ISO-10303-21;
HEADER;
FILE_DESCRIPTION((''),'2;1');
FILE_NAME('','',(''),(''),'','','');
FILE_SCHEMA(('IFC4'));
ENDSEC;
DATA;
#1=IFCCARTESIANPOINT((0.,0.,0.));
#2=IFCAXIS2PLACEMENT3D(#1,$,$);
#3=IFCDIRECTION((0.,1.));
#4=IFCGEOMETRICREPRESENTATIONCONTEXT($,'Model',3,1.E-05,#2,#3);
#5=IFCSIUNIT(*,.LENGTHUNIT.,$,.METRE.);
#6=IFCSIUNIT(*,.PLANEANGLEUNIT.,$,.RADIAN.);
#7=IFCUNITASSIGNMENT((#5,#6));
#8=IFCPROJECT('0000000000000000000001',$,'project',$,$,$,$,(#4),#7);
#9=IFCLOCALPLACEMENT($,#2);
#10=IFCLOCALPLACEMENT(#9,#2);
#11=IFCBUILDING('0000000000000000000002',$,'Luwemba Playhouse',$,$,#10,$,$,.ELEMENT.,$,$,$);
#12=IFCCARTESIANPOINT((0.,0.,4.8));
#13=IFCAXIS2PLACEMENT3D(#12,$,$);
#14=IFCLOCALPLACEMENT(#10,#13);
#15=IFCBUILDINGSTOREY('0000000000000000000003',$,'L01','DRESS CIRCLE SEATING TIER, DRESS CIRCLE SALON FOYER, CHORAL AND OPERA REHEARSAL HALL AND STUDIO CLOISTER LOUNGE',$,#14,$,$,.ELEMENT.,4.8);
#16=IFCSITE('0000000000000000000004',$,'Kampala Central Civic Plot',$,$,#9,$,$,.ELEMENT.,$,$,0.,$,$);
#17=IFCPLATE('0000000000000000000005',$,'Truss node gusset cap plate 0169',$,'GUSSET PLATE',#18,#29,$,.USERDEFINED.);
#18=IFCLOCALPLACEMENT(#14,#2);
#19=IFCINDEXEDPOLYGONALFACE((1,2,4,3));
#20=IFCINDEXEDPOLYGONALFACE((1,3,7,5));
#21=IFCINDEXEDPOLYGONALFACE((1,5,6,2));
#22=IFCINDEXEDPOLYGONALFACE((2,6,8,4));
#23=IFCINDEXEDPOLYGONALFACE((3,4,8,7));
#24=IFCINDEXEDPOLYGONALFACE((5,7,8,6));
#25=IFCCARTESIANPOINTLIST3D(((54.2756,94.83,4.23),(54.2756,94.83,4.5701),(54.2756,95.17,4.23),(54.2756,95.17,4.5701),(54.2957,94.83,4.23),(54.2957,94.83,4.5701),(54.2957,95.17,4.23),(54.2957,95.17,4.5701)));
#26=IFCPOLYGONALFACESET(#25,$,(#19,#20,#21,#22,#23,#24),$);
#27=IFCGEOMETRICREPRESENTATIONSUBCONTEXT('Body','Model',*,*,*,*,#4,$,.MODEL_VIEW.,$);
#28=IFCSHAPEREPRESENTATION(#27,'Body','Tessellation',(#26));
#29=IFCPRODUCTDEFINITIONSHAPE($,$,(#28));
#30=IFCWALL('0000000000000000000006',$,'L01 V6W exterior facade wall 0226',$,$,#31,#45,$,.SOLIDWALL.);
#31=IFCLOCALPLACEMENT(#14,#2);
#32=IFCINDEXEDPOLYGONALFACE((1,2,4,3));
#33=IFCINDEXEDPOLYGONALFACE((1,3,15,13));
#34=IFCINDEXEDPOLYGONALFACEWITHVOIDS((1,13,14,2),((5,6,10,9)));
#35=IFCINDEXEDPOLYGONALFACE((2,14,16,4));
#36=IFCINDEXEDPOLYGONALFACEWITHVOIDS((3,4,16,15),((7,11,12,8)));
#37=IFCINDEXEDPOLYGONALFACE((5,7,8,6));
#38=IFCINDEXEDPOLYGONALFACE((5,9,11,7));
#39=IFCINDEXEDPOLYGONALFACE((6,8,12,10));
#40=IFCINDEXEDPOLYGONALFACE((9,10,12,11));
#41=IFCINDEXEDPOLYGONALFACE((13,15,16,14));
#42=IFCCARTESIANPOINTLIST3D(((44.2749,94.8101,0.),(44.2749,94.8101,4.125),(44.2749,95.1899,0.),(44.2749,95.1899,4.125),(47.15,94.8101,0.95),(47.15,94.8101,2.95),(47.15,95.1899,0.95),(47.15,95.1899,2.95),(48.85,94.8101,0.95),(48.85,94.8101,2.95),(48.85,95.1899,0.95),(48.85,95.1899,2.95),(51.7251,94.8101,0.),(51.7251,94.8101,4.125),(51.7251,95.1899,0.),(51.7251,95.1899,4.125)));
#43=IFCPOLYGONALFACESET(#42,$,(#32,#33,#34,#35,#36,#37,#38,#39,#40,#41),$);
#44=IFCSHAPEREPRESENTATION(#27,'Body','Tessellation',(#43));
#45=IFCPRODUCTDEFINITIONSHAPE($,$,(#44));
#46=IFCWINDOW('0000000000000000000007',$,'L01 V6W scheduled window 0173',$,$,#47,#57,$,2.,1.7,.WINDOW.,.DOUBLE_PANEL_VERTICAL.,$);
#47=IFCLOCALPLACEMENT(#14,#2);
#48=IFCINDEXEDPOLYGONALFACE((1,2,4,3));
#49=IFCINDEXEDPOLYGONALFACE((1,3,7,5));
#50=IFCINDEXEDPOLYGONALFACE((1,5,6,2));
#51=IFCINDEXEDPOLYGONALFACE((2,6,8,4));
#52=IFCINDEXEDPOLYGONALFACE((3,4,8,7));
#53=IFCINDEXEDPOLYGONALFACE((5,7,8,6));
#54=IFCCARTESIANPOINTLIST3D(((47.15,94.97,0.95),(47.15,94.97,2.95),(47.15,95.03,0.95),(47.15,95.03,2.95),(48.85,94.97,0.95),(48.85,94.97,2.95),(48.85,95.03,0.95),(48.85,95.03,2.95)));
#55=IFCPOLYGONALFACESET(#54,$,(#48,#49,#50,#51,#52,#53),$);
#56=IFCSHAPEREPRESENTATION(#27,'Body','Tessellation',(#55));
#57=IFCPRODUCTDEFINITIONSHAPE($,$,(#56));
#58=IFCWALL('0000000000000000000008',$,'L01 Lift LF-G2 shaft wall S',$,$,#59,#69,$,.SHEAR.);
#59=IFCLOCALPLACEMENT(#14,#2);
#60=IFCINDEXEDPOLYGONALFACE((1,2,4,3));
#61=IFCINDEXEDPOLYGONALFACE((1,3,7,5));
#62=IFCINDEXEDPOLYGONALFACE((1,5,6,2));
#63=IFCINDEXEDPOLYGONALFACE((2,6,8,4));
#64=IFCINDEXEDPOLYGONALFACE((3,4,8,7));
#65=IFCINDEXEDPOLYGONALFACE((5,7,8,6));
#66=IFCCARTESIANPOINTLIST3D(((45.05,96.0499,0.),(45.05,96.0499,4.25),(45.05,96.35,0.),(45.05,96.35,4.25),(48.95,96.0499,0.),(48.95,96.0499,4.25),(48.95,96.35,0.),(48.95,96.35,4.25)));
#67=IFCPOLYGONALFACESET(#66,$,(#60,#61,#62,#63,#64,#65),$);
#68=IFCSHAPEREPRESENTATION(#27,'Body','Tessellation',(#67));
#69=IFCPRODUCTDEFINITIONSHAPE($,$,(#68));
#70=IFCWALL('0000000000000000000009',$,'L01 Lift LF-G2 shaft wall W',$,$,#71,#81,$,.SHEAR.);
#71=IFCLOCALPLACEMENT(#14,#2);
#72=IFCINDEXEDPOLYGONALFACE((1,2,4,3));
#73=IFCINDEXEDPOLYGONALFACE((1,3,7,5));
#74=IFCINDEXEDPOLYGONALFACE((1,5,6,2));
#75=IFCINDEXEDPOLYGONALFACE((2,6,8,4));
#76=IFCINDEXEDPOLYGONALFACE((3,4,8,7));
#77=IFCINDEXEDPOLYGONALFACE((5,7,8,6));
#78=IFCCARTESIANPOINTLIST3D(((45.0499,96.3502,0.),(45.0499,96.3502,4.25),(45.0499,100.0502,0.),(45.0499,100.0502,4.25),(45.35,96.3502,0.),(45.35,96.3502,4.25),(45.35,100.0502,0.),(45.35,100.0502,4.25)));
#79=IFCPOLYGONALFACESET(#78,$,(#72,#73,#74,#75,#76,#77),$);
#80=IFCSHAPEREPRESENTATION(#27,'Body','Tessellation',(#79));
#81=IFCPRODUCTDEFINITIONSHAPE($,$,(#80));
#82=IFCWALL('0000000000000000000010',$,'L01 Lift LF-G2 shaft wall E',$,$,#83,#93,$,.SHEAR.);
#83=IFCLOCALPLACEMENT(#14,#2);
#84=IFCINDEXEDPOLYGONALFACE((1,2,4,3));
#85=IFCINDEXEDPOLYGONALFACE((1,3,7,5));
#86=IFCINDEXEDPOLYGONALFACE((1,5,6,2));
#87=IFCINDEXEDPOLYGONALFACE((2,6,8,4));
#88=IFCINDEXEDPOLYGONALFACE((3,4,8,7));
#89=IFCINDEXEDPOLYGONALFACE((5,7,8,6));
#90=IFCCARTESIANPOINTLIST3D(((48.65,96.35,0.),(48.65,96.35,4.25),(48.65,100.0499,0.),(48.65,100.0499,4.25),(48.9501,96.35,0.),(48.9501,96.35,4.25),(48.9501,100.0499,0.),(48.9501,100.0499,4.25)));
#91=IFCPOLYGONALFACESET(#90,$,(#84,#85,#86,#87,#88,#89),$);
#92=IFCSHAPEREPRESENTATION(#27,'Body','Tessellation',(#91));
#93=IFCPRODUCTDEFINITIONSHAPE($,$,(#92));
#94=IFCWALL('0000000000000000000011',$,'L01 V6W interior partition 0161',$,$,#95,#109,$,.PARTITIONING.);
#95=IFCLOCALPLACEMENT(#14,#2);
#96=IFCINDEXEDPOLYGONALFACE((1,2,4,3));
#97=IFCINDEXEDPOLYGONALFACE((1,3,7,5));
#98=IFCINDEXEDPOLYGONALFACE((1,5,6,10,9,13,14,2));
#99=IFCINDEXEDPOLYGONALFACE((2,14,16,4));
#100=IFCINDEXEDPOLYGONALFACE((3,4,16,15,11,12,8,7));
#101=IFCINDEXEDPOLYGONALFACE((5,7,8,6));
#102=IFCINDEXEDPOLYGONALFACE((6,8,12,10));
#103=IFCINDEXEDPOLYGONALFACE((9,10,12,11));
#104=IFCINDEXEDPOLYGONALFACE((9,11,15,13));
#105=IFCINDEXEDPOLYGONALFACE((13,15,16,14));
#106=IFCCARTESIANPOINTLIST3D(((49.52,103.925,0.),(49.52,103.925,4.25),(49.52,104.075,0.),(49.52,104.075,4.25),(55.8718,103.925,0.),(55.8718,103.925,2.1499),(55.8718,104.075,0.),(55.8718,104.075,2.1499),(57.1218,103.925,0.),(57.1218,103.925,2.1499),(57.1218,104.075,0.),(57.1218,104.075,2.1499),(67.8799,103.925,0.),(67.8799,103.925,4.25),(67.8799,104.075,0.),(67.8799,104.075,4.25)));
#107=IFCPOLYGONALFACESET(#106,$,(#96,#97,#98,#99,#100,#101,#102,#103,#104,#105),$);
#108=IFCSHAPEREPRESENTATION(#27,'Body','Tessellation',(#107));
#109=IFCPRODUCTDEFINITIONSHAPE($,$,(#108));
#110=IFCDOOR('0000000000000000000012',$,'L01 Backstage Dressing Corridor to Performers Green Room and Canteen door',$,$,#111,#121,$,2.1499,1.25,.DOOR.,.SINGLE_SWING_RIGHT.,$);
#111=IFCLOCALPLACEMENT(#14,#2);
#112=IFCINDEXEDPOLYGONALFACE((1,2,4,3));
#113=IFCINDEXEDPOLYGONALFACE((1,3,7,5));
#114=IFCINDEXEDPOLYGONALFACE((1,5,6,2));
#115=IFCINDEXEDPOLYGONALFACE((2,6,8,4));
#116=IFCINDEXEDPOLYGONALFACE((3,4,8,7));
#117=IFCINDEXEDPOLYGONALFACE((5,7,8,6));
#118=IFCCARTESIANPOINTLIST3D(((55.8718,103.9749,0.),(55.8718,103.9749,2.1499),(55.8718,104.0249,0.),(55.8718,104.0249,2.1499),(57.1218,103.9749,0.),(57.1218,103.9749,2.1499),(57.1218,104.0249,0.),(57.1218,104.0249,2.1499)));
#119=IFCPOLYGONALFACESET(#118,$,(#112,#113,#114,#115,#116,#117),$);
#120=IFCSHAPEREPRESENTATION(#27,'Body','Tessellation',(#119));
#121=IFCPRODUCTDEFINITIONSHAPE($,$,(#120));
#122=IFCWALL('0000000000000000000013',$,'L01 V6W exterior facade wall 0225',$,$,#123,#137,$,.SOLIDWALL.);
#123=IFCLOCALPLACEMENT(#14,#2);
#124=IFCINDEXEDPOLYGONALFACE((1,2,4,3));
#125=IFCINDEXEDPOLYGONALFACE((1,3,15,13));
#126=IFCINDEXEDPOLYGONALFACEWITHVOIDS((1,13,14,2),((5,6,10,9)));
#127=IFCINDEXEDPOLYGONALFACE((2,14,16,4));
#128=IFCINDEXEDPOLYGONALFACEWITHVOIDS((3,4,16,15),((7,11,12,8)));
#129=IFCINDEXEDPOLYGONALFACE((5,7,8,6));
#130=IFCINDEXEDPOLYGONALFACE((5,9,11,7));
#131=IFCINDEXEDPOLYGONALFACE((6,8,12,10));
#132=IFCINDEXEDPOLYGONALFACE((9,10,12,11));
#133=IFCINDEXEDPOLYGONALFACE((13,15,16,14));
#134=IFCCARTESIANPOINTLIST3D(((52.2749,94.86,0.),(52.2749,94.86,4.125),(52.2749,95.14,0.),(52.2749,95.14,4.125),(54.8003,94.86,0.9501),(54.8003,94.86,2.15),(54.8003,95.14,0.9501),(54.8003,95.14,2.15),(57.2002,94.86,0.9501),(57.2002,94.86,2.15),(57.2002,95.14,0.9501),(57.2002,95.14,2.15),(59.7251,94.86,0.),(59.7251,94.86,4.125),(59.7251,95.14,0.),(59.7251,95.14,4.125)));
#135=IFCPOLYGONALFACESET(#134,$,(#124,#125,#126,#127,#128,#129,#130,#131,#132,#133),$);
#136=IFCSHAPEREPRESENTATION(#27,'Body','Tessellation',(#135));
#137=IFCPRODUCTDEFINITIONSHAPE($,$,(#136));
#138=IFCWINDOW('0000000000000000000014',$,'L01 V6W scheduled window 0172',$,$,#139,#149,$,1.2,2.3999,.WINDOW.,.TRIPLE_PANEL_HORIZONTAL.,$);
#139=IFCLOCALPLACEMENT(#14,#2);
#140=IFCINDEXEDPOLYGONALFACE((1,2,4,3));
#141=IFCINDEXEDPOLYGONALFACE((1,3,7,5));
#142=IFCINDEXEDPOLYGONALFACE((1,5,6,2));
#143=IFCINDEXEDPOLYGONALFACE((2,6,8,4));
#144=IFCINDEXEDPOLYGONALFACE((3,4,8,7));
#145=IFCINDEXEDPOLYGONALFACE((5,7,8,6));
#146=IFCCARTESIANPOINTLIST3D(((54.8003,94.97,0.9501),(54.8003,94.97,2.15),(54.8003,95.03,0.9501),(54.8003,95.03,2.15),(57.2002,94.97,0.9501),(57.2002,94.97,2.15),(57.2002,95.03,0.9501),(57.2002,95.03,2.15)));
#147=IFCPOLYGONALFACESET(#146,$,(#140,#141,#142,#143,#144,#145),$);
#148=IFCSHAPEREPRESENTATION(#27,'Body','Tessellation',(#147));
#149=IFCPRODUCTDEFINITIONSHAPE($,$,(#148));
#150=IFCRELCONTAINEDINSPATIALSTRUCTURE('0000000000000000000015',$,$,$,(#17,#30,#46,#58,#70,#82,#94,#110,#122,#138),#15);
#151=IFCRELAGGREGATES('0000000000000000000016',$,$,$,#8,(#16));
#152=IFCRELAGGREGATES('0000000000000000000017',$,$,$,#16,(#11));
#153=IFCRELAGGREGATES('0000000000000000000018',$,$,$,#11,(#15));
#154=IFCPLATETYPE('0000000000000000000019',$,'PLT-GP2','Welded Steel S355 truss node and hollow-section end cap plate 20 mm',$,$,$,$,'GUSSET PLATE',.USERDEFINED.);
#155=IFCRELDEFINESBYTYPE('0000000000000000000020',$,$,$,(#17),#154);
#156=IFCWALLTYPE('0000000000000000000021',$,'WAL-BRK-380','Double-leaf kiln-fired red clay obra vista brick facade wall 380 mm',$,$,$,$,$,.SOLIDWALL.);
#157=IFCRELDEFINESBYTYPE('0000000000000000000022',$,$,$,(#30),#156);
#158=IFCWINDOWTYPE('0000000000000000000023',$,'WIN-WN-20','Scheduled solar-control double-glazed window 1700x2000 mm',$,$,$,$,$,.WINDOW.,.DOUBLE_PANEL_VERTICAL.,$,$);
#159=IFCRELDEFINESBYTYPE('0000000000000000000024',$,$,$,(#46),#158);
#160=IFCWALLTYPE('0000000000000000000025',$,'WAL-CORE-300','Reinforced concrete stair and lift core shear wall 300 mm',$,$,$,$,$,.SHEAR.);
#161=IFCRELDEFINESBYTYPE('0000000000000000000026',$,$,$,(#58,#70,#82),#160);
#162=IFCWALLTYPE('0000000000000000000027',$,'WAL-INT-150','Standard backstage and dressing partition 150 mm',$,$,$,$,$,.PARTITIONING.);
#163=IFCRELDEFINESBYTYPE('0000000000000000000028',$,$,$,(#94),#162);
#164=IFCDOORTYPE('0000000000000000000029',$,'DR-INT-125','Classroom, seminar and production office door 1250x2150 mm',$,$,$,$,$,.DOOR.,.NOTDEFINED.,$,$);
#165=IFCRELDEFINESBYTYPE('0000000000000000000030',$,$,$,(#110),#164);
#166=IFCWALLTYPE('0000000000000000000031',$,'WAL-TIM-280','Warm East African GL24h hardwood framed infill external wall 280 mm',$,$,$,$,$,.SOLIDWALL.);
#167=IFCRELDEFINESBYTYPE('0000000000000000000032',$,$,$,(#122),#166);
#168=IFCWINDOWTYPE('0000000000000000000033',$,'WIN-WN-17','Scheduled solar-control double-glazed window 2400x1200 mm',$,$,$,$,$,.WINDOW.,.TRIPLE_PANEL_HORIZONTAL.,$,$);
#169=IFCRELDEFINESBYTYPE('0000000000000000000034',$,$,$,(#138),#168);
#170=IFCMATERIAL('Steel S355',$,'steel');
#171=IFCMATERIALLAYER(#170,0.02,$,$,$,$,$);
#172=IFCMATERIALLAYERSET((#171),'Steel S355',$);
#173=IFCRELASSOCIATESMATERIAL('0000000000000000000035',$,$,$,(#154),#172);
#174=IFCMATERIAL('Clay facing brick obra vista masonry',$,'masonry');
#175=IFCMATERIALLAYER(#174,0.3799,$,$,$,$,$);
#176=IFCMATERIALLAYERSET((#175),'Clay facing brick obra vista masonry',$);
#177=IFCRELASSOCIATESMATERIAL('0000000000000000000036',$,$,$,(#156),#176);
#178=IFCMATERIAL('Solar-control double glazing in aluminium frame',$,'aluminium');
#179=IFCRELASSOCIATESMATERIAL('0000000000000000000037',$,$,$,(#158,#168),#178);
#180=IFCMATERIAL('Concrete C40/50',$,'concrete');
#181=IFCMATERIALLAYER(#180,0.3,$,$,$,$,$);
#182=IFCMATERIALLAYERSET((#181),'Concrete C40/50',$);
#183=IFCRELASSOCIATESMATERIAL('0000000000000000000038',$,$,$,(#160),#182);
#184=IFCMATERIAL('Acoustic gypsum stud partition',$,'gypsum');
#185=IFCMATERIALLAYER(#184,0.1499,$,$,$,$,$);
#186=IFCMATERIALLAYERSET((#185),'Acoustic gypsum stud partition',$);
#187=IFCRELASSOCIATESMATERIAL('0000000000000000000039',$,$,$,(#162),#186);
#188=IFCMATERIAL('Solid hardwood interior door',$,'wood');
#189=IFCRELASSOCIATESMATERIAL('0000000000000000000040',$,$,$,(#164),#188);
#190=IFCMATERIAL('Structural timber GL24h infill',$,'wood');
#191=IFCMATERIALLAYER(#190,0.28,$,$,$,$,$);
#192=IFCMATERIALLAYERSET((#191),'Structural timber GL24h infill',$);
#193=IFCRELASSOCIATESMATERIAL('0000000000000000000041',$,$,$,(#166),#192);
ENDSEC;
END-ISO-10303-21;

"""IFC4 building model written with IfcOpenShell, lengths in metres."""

from ifc_helpers import new_model, si_unit, direction, frame, frame_2d, origin, origin_2d, place, context, subcontext, project, spatial, rectangle, extrude, material, layer, layer_set, type_object, element, fill, save


model = new_model("IFC4")

# Units and contexts
model_context = context("Model", 3, precision=1e-05, world=origin(), true_north=direction((0.0, 1.0)))
body_context = subcontext(model_context, "Body", "Model", "MODEL_VIEW")
ifc_project = project(units=[si_unit("LENGTHUNIT", "METRE"), si_unit("PLANEANGLEUNIT", "RADIAN")], contexts=[model_context])

# Site, building, storey
site_placement = place(None, origin())
site = spatial("IfcSite", under=ifc_project, at=site_placement, Name="Kampala Central Civic Plot", CompositionType="ELEMENT", RefElevation=0.0)
building_placement = place(site_placement, origin())
building = spatial("IfcBuilding", under=site, at=building_placement, Name="Luwemba Playhouse", CompositionType="ELEMENT")
storey_placement = place(building_placement, frame((0.0, 0.0, 4.8)))
storey = spatial("IfcBuildingStorey", under=building, at=storey_placement, Name="L01", Description="DRESS CIRCLE SEATING TIER, DRESS CIRCLE SALON FOYER, CHORAL AND OPERA REHEARSAL HALL AND STUDIO CLOISTER LOUNGE", CompositionType="ELEMENT", Elevation=4.8)

# Shared definitions
ifc_material_1 = material(Name="Concrete C40/50", Category="concrete")

# Shared definitions
ifc_material_2 = material(Name="Steel S355", Category="steel")

# Plate
ifc_layer_1 = layer(ifc_material_2, 0.02)
ifc_layer_set_1 = layer_set([ifc_layer_1], Name="Steel S355")
plate_type = type_object("IfcPlateType", Name="PLT-GP2", Description="Welded Steel S355 truss node and hollow-section end cap plate 20 mm", ElementType="GUSSET PLATE", PredefinedType="USERDEFINED", material=ifc_layer_set_1)
plate_placement = place(storey_placement, frame((54.2856, 95.0, 4.23), z_axis=(0.0, 0.0, 1.0), x_axis=(1.0, 0.0, 0.0)))
element("IfcPlate", 1, at=plate_placement, inside=storey, type_object=plate_type, Name="Truss node gusset cap plate 0169", ObjectType="GUSSET PLATE", PredefinedType="USERDEFINED", context=body_context, shape_type="SweptSolid", body=[
    extrude(rectangle(XDim=0.02, YDim=0.3401, at=origin_2d()), origin(), (0.0, 0.0, 1.0), 0.3401),
])

# Wall, opening, window
ifc_material_3 = material(Name="Clay facing brick obra vista masonry", Category="masonry")
ifc_layer_2 = layer(ifc_material_3, 0.3799)
ifc_layer_set_2 = layer_set([ifc_layer_2], Name="Clay facing brick obra vista masonry")
wall_type_1 = type_object("IfcWallType", Name="WAL-BRK-380", Description="Double-leaf kiln-fired red clay obra vista brick facade wall 380 mm", PredefinedType="SOLIDWALL", material=ifc_layer_set_2)
wall_1_placement = place(storey_placement, frame((51.7251, 95.0, 0.0), z_axis=(0.0, 0.0, 1.0), x_axis=(-1.0, 0.0, 0.0)))
wall_1 = element("IfcWall", 2, at=wall_1_placement, inside=storey, type_object=wall_type_1, Name="L01 V6W exterior facade wall 0226", PredefinedType="SOLIDWALL", context=body_context, shape_type="SweptSolid", body=[
    extrude(rectangle(XDim=7.4502, YDim=0.3799, at=frame_2d((3.7251, 0.0))), origin(), (0.0, 0.0, 1.0), 4.125),
])
opening_1_placement = place(wall_1_placement, frame((2.875, 0.0, 0.95)))
opening_1 = element("IfcOpeningElement", 3, at=opening_1_placement, cuts=wall_1, PredefinedType="OPENING", context=body_context, shape_type="SweptSolid", body=[
    extrude(rectangle(XDim=1.7, YDim=2.0, at=frame_2d((0.8501, 1.0))), frame((0.0, 0.2, 0.0), z_axis=(0.0, -1.0, 0.0), x_axis=(1.0, 0.0, 0.0)), (0.0, 0.0, 1.0), 0.3999),
])
ifc_material_4 = material(Name="Solar-control double glazing in aluminium frame", Category="aluminium")
window_type_1 = type_object("IfcWindowType", Name="WIN-WN-20", Description="Scheduled solar-control double-glazed window 1700x2000 mm", PartitioningType="DOUBLE_PANEL_VERTICAL", PredefinedType="WINDOW", material=ifc_material_4)
window_1_placement = place(opening_1_placement, origin())
window_1 = element("IfcWindow", 4, at=window_1_placement, inside=storey, type_object=window_type_1, Name="L01 V6W scheduled window 0173", OverallHeight=2.0, OverallWidth=1.7, PartitioningType="DOUBLE_PANEL_VERTICAL", PredefinedType="WINDOW", context=body_context, shape_type="SweptSolid", body=[
    extrude(rectangle(XDim=1.7, YDim=2.0, at=frame_2d((0.8501, 1.0))), frame((0.0, 0.03, 0.0), z_axis=(0.0, -1.0, 0.0), x_axis=(1.0, 0.0, 0.0)), (0.0, 0.0, 1.0), 0.0601),
])
fill(opening_1, window_1)

# Wall
ifc_layer_3 = layer(ifc_material_1, 0.3)
ifc_layer_set_3 = layer_set([ifc_layer_3], Name="Concrete C40/50")
wall_type_2 = type_object("IfcWallType", Name="WAL-CORE-300", Description="Reinforced concrete stair and lift core shear wall 300 mm", PredefinedType="SHEAR", material=ifc_layer_set_3)
wall_2_placement = place(storey_placement, frame((45.05, 96.2, 0.0), z_axis=(0.0, 0.0, 1.0), x_axis=(1.0, 0.0, 0.0)))
element("IfcWall", 5, at=wall_2_placement, inside=storey, type_object=wall_type_2, Name="L01 Lift LF-G2 shaft wall S", PredefinedType="SHEAR", context=body_context, shape_type="SweptSolid", body=[
    extrude(rectangle(XDim=3.8999, YDim=0.3, at=frame_2d((1.95, 0.0))), origin(), (0.0, 0.0, 1.0), 4.25),
])

# Walls
for number, where, z_axis, x_axis, name in (
    (6, (45.2, 96.3501, 0.0), (0.0, 0.0, 1.0), (0.0, 1.0, 0.0), "L01 Lift LF-G2 shaft wall W"),
    (7, (48.8, 100.05, 0.0), (0.0, 0.0, 1.0), (0.0, -1.0, 0.0), "L01 Lift LF-G2 shaft wall E"),
):
    element("IfcWall", number, at=place(storey_placement, frame(where, z_axis=z_axis, x_axis=x_axis)), inside=storey, type_object=wall_type_2, Name=name, PredefinedType="SHEAR", context=body_context, shape_type="SweptSolid", body=[
        extrude(rectangle(XDim=3.7, YDim=0.3, at=frame_2d((1.8501, 0.0))), origin(), (0.0, 0.0, 1.0), 4.25),
    ])

# Wall, opening, door
ifc_material_5 = material(Name="Acoustic gypsum stud partition", Category="gypsum")
ifc_layer_4 = layer(ifc_material_5, 0.1499)
ifc_layer_set_4 = layer_set([ifc_layer_4], Name="Acoustic gypsum stud partition")
wall_type_3 = type_object("IfcWallType", Name="WAL-INT-150", Description="Standard backstage and dressing partition 150 mm", PredefinedType="PARTITIONING", material=ifc_layer_set_4)
wall_3_placement = place(storey_placement, frame((49.52, 104.0, 0.0), z_axis=(0.0, 0.0, 1.0), x_axis=(1.0, 0.0, 0.0)))
wall_3 = element("IfcWall", 8, at=wall_3_placement, inside=storey, type_object=wall_type_3, Name="L01 V6W interior partition 0161", PredefinedType="PARTITIONING", context=body_context, shape_type="SweptSolid", body=[
    extrude(rectangle(XDim=18.3599, YDim=0.1499, at=frame_2d((9.1799, 0.0))), origin(), (0.0, 0.0, 1.0), 4.25),
])
opening_2_placement = place(wall_3_placement, frame((6.3518, 0.0, 0.0)))
opening_2 = element("IfcOpeningElement", 9, at=opening_2_placement, cuts=wall_3, PredefinedType="OPENING", context=body_context, shape_type="SweptSolid", body=[
    extrude(rectangle(XDim=1.25, YDim=2.1499, at=frame_2d((0.625, 1.075))), frame((0.0, 0.085, 0.0), z_axis=(0.0, -1.0, 0.0), x_axis=(1.0, 0.0, 0.0)), (0.0, 0.0, 1.0), 0.1699),
])
ifc_material_6 = material(Name="Solid hardwood interior door", Category="wood")
door_type_1 = type_object("IfcDoorType", Name="DR-INT-125", Description="Classroom, seminar and production office door 1250x2150 mm", OperationType="NOTDEFINED", PredefinedType="DOOR", material=ifc_material_6)
door_1_placement = place(opening_2_placement, origin())
door_1 = element("IfcDoor", 10, at=door_1_placement, inside=storey, type_object=door_type_1, Name="L01 Backstage Dressing Corridor to Performers Green Room and Canteen door", OperationType="SINGLE_SWING_RIGHT", OverallHeight=2.1499, OverallWidth=1.25, PredefinedType="DOOR", context=body_context, shape_type="SweptSolid", body=[
    extrude(rectangle(XDim=1.25, YDim=2.1499, at=frame_2d((0.625, 1.075))), frame((0.0, 0.0249, 0.0), z_axis=(0.0, -1.0, 0.0), x_axis=(1.0, 0.0, 0.0)), (0.0, 0.0, 1.0), 0.05),
])
fill(opening_2, door_1)

# Wall, opening, window
ifc_material_7 = material(Name="Structural timber GL24h infill", Category="wood")
ifc_layer_5 = layer(ifc_material_7, 0.28)
ifc_layer_set_5 = layer_set([ifc_layer_5], Name="Structural timber GL24h infill")
wall_type_4 = type_object("IfcWallType", Name="WAL-TIM-280", Description="Warm East African GL24h hardwood framed infill external wall 280 mm", PredefinedType="SOLIDWALL", material=ifc_layer_set_5)
wall_4_placement = place(storey_placement, frame((59.7251, 95.0, 0.0), z_axis=(0.0, 0.0, 1.0), x_axis=(-1.0, 0.0, 0.0)))
wall_4 = element("IfcWall", 11, at=wall_4_placement, inside=storey, type_object=wall_type_4, Name="L01 V6W exterior facade wall 0225", PredefinedType="SOLIDWALL", context=body_context, shape_type="SweptSolid", body=[
    extrude(rectangle(XDim=7.4502, YDim=0.28, at=frame_2d((3.7251, 0.0))), origin(), (0.0, 0.0, 1.0), 4.125),
])
opening_3_placement = place(wall_4_placement, frame((2.5249, 0.0, 0.95)))
opening_3 = element("IfcOpeningElement", 12, at=opening_3_placement, cuts=wall_4, PredefinedType="OPENING", context=body_context, shape_type="SweptSolid", body=[
    extrude(rectangle(XDim=2.3999, YDim=1.2, at=frame_2d((1.2, 0.6001))), frame((0.0, 0.1499, 0.0), z_axis=(0.0, -1.0, 0.0), x_axis=(1.0, 0.0, 0.0)), (0.0, 0.0, 1.0), 0.3),
])
window_type_2 = type_object("IfcWindowType", Name="WIN-WN-17", Description="Scheduled solar-control double-glazed window 2400x1200 mm", PartitioningType="TRIPLE_PANEL_HORIZONTAL", PredefinedType="WINDOW", material=ifc_material_4)
window_2_placement = place(opening_3_placement, origin())
window_2 = element("IfcWindow", 13, at=window_2_placement, inside=storey, type_object=window_type_2, Name="L01 V6W scheduled window 0172", OverallHeight=1.2, OverallWidth=2.3999, PartitioningType="TRIPLE_PANEL_HORIZONTAL", PredefinedType="WINDOW", context=body_context, shape_type="SweptSolid", body=[
    extrude(rectangle(XDim=2.3999, YDim=1.2, at=frame_2d((1.2, 0.6001))), frame((0.0, 0.03, 0.0), z_axis=(0.0, -1.0, 0.0), x_axis=(1.0, 0.0, 0.0)), (0.0, 0.0, 1.0), 0.0601),
])
fill(opening_3, window_2)

save(model, "model.ifc")
